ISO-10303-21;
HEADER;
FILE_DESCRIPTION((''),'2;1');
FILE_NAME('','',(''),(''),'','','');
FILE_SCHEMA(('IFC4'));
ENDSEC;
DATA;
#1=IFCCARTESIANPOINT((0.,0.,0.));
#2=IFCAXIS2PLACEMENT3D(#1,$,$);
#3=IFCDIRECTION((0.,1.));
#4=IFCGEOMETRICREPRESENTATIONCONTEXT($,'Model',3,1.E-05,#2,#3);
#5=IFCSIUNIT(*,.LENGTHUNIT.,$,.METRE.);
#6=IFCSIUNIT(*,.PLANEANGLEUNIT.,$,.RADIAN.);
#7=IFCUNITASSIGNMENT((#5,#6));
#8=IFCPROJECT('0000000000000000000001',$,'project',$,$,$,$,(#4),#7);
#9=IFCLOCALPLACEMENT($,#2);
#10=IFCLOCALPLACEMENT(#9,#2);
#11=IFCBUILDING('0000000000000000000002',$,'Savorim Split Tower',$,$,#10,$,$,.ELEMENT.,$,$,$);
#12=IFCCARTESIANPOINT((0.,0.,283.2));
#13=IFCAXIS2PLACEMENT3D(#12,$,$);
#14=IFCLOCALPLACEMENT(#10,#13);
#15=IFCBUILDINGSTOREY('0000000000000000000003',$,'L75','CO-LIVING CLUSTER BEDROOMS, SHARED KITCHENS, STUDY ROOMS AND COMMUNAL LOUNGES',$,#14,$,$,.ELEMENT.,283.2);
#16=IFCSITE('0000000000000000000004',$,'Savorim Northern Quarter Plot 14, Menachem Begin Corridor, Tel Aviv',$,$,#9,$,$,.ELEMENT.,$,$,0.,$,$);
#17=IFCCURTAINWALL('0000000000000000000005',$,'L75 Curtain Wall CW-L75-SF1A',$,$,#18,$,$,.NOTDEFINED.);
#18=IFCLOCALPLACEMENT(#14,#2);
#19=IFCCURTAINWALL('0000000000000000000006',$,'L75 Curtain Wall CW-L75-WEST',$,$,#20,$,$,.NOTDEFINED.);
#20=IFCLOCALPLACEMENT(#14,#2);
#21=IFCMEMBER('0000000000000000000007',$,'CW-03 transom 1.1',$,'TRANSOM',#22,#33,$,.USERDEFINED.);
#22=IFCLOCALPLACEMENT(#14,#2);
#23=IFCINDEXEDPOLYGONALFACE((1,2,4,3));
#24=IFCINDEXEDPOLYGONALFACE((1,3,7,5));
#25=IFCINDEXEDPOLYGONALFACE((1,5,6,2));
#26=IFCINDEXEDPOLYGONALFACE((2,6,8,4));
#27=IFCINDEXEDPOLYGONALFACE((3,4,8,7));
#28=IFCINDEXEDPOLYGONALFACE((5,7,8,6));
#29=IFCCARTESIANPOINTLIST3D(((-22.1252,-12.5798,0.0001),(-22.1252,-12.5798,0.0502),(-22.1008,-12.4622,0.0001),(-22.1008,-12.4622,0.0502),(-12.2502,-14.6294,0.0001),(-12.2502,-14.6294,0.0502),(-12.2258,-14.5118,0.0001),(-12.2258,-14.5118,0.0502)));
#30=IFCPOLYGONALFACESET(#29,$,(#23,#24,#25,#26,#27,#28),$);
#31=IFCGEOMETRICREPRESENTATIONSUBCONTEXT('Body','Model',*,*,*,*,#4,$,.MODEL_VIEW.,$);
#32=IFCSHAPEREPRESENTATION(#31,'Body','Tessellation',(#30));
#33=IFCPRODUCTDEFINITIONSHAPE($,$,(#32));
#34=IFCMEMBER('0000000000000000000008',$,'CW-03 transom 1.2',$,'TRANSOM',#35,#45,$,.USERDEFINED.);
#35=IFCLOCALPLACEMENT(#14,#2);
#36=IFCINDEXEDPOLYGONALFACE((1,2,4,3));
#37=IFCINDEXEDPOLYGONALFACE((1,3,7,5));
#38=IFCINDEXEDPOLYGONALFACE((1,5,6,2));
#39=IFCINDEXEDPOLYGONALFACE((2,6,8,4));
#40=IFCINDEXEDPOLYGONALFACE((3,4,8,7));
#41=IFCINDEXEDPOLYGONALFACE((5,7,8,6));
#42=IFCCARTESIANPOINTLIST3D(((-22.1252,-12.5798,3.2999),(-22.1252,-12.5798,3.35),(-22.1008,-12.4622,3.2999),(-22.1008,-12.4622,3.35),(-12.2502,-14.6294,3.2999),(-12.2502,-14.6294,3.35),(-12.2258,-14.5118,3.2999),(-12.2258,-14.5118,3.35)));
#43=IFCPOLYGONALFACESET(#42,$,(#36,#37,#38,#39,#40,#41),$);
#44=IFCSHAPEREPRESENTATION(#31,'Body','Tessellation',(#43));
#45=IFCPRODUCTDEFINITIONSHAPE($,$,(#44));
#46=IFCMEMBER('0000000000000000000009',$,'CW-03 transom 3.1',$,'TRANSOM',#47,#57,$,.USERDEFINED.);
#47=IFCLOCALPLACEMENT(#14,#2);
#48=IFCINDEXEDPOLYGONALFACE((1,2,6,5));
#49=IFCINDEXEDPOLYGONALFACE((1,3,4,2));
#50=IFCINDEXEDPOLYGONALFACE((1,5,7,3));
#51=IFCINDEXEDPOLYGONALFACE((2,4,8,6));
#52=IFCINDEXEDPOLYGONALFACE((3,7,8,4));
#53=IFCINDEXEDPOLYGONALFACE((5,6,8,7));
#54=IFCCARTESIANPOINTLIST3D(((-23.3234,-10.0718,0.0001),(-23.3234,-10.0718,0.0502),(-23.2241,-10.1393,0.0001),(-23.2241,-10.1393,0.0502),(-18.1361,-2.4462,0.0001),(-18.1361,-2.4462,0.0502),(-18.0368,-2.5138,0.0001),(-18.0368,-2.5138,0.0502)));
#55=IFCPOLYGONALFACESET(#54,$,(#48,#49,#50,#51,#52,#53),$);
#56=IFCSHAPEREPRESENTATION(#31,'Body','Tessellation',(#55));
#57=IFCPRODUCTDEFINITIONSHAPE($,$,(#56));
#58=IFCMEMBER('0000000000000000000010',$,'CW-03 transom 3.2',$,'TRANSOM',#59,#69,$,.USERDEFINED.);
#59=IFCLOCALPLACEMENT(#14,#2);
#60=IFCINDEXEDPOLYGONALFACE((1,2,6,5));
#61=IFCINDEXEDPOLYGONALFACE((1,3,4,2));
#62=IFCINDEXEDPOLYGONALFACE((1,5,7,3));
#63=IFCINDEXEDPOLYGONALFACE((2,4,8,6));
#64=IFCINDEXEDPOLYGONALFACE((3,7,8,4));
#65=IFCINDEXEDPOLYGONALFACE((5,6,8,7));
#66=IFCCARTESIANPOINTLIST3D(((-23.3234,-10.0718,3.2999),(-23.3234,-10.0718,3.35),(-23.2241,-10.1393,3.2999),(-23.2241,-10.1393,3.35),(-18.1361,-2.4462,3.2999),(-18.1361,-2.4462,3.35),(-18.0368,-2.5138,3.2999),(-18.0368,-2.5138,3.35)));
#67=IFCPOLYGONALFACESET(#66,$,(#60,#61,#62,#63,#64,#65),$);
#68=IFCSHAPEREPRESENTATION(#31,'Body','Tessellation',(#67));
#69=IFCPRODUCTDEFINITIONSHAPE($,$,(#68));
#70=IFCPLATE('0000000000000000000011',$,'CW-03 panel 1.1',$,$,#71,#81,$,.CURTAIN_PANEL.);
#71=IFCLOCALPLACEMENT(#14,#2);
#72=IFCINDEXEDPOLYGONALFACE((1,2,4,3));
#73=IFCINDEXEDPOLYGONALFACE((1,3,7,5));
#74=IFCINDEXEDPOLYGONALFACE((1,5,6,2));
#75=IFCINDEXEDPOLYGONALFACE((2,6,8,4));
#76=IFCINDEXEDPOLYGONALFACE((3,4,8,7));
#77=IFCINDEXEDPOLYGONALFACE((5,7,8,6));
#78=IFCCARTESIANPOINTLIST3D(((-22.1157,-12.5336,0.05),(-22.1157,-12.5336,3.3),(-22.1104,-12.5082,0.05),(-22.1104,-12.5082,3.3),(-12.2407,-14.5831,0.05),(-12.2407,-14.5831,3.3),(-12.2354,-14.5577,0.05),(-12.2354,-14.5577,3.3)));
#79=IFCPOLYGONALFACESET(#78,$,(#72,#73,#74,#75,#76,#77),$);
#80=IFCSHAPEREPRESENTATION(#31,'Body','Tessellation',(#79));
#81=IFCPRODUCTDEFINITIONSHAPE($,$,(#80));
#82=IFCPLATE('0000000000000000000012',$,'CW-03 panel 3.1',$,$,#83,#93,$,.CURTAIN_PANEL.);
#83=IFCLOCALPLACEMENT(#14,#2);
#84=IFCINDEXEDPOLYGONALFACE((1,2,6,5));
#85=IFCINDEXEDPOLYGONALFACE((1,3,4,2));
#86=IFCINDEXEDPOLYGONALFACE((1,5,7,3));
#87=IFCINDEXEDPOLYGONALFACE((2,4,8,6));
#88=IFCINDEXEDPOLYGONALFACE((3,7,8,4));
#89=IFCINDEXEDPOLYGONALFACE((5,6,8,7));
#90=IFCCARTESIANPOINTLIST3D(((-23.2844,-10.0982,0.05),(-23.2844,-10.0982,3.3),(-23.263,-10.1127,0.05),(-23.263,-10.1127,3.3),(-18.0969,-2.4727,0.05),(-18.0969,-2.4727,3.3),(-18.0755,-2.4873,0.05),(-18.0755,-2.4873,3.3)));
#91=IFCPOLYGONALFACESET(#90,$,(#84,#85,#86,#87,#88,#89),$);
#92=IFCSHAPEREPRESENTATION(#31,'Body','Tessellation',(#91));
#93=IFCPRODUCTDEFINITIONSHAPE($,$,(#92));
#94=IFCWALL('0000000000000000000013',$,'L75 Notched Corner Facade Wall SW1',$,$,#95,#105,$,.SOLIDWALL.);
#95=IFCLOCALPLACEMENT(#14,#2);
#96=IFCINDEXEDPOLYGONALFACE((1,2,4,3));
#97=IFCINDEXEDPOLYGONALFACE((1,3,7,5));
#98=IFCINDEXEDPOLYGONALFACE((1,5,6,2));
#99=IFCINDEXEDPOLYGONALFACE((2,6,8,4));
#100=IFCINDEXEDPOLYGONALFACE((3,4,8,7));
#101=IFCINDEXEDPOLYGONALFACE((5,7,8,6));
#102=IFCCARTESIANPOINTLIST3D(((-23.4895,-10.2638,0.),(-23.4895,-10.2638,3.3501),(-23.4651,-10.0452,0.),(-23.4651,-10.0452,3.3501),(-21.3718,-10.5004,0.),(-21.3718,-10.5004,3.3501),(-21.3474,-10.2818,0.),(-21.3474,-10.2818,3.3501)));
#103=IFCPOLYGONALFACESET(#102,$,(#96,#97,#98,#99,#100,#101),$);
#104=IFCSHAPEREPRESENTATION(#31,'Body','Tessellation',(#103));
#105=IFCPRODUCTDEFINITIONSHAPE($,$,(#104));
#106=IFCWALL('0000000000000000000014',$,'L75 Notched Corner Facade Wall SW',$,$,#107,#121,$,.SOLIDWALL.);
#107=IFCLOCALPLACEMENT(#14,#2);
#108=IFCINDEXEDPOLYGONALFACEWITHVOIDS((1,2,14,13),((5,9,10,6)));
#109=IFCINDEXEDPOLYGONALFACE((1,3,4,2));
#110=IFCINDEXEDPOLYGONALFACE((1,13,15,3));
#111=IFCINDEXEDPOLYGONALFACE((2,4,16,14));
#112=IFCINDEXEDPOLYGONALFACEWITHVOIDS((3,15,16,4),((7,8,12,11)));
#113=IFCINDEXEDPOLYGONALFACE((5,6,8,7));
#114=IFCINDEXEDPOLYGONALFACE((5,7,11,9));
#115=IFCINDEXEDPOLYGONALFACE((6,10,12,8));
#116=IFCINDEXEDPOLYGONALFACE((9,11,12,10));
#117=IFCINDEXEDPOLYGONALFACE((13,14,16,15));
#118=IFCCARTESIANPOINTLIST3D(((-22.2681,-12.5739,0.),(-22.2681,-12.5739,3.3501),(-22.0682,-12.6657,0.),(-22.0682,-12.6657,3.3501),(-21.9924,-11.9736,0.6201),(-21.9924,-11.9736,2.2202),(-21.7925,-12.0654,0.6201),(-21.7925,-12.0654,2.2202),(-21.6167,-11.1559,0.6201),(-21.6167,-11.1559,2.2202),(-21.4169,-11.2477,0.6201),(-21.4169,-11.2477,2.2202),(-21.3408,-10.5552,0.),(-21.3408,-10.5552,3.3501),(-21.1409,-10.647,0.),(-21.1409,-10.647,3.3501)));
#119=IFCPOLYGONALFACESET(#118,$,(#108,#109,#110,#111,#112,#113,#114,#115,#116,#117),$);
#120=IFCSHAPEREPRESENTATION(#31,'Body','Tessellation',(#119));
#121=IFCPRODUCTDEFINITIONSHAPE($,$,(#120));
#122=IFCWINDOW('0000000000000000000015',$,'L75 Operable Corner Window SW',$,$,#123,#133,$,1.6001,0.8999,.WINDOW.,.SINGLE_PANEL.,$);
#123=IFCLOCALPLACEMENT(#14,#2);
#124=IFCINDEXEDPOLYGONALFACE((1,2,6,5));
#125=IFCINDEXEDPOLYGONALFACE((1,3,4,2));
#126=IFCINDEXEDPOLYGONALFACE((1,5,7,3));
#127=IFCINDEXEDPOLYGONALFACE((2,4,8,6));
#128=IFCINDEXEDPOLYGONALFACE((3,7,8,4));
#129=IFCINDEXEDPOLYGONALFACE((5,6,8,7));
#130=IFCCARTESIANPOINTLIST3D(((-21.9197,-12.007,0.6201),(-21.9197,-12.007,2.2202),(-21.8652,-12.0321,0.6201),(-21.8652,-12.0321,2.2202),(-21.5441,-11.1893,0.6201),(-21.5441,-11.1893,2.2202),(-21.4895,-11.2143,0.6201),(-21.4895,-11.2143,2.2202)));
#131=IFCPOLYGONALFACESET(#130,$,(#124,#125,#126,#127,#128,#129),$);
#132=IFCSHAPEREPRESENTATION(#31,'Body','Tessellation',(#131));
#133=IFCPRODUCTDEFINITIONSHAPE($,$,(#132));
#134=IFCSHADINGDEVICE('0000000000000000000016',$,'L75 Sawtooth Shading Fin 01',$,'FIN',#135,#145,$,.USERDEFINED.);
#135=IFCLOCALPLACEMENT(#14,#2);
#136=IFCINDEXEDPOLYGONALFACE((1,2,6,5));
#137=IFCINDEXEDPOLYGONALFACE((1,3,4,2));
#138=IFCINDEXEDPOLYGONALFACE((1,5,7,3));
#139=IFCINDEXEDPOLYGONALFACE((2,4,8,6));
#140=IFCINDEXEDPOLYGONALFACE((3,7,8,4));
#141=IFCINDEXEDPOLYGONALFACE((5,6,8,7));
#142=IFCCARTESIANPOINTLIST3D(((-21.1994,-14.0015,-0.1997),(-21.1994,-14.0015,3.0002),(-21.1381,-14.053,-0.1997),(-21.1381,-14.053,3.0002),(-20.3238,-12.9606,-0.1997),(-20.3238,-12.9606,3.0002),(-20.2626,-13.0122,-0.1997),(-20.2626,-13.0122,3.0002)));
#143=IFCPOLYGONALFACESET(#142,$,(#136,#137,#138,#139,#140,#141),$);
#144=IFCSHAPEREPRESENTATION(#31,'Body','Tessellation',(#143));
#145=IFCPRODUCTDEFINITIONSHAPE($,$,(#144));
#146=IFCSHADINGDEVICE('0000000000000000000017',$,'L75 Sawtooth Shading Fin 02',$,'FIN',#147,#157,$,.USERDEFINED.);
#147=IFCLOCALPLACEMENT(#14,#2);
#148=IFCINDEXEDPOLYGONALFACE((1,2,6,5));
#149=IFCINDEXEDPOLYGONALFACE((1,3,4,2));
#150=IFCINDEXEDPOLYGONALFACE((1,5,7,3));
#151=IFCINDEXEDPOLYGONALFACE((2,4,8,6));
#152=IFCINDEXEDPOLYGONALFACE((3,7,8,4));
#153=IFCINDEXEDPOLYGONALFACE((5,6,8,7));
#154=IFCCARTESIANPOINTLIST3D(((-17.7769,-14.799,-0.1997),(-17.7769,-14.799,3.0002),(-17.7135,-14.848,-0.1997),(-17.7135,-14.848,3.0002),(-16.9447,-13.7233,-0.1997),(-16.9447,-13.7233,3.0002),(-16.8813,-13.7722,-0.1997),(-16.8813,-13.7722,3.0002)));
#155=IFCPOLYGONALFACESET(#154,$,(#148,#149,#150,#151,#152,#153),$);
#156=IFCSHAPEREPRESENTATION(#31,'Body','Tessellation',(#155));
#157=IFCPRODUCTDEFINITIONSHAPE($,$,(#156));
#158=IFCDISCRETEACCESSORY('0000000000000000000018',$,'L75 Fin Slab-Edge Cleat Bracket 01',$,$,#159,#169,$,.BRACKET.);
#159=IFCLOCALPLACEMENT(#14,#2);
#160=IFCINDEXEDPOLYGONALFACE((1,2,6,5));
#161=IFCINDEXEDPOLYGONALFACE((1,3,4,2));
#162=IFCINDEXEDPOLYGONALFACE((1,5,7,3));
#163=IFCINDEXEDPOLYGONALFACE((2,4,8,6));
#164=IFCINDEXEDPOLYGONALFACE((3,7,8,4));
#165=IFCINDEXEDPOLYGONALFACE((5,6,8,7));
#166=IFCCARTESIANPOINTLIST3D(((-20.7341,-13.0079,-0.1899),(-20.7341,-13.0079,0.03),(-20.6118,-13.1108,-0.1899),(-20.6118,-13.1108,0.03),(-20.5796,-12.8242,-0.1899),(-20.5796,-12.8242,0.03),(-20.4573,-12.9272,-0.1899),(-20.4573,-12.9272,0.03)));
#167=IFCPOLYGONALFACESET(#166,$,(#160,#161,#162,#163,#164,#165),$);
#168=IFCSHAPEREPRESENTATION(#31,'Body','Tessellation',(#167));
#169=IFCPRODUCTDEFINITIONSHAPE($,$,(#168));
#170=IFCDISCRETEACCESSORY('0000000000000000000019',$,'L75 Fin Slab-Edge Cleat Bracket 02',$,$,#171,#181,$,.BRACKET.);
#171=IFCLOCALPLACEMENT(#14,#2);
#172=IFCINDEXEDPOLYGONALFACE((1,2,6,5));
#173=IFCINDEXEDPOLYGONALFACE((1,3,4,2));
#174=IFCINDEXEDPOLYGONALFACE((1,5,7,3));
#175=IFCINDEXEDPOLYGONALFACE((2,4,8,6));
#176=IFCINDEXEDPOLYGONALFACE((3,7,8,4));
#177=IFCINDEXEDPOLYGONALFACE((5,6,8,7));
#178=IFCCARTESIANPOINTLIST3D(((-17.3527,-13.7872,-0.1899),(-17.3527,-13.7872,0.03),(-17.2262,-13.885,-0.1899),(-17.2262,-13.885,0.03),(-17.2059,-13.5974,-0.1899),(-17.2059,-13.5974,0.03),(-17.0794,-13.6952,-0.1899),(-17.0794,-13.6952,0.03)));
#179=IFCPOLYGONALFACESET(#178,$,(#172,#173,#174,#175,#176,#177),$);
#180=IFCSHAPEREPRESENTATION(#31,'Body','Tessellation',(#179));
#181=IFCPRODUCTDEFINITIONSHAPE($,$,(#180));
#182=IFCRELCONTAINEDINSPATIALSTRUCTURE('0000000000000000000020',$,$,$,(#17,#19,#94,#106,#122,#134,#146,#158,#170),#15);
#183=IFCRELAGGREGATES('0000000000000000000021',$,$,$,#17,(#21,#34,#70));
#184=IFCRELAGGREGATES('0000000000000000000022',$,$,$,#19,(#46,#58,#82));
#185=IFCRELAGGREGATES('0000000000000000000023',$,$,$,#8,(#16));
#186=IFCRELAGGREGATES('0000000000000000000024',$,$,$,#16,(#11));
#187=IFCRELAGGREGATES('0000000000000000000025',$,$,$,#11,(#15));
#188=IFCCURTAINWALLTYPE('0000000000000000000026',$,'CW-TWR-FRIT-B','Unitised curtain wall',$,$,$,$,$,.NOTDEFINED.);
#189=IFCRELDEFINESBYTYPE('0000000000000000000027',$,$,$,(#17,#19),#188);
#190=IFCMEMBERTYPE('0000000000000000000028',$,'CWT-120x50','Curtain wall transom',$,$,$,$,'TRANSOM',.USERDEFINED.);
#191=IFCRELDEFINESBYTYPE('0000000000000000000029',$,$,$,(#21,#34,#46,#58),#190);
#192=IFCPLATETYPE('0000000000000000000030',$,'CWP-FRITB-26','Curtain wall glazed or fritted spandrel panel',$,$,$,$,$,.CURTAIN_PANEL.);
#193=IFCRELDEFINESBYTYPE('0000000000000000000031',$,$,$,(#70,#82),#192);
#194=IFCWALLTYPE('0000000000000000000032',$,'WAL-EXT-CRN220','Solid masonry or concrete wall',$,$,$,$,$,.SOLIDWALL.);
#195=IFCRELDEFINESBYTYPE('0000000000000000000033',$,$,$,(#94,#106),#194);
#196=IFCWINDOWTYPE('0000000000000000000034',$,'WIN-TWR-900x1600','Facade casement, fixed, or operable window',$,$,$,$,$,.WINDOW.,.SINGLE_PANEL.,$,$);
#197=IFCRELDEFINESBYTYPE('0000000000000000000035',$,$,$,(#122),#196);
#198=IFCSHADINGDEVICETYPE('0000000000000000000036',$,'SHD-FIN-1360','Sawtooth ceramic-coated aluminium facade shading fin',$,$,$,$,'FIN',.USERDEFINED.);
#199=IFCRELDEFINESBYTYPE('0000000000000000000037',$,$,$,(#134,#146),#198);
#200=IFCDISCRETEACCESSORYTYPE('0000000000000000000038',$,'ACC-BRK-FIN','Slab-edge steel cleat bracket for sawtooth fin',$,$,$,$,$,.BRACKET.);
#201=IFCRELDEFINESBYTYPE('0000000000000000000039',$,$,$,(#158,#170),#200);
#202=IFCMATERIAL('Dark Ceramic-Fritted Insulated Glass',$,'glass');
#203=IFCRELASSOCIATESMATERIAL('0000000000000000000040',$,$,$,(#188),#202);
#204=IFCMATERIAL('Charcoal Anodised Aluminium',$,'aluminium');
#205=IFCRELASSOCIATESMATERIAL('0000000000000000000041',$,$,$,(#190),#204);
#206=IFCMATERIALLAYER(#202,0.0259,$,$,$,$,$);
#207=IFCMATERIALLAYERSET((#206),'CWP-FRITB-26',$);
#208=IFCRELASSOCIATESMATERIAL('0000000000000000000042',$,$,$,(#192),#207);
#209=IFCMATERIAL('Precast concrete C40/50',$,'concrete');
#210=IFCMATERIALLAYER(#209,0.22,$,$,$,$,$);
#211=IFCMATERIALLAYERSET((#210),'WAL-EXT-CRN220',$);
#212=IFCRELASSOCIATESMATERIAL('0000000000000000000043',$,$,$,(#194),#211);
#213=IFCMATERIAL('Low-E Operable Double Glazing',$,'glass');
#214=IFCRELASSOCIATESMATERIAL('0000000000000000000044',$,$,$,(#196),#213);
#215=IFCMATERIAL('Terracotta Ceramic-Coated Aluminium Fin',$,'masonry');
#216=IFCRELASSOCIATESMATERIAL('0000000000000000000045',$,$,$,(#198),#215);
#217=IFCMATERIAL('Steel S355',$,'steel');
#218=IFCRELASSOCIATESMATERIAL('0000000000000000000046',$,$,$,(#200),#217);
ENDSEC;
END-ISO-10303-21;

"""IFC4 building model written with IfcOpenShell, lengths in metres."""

from ifc_helpers import new_model, si_unit, direction, frame, frame_2d, origin, origin_2d, place, context, subcontext, project, spatial, rectangle, extrude, material, layer, layer_set, material_profile, profile_set, type_object, element, fill, aggregate, save


model = new_model("IFC4")

# Units and contexts
model_context = context("Model", 3, precision=1e-05, world=origin(), true_north=direction((0.0, 1.0)))
body_context = subcontext(model_context, "Body", "Model", "MODEL_VIEW")
ifc_project = project(units=[si_unit("LENGTHUNIT", "METRE"), si_unit("PLANEANGLEUNIT", "RADIAN")], contexts=[model_context])

# Site, building, storey
site_placement = place(None, origin())
site = spatial("IfcSite", under=ifc_project, at=site_placement, Name="Savorim Northern Quarter Plot 14, Menachem Begin Corridor, Tel Aviv", CompositionType="ELEMENT", RefElevation=0.0)
building_placement = place(site_placement, origin())
building = spatial("IfcBuilding", under=site, at=building_placement, Name="Savorim Split Tower", CompositionType="ELEMENT")
storey_placement = place(building_placement, frame((0.0, 0.0, 283.2)))
storey = spatial("IfcBuildingStorey", under=building, at=storey_placement, Name="L75", Description="CO-LIVING CLUSTER BEDROOMS, SHARED KITCHENS, STUDY ROOMS AND COMMUNAL LOUNGES", CompositionType="ELEMENT", Elevation=283.2)

# Shared definitions
ifc_material_1 = material(Name="Steel S355", Category="steel")

# Curtain wall
ifc_material_2 = material(Name="Dark Ceramic-Fritted Insulated Glass", Category="glass")
curtain_wall_type = type_object("IfcCurtainWallType", Name="CW-TWR-FRIT-B", Description="Unitised curtain wall", PredefinedType="NOTDEFINED", material=ifc_material_2)
curtain_wall_1_placement = place(storey_placement, origin())
curtain_wall_1 = element("IfcCurtainWall", 1, at=curtain_wall_1_placement, inside=storey, type_object=curtain_wall_type, Name="L75 Curtain Wall CW-L75-SF1A", PredefinedType="NOTDEFINED")
ifc_material_3 = material(Name="Charcoal Anodised Aluminium", Category="aluminium")

# Curtain wall
curtain_wall_2_placement = place(storey_placement, origin())
curtain_wall_2 = element("IfcCurtainWall", 2, at=curtain_wall_2_placement, inside=storey, type_object=curtain_wall_type, Name="L75 Curtain Wall CW-L75-WEST", PredefinedType="NOTDEFINED")

# Members
ifc_material_profile_1 = material_profile(ifc_material_3, rectangle(XDim=0.1201, YDim=0.05, at=origin_2d()), Name="ALU-T 120x50")
ifc_profile_set_1 = profile_set([ifc_material_profile_1], Name="Charcoal Anodised Aluminium")
member_type_1 = type_object("IfcMemberType", Name="CWT-120x50", Description="Curtain wall transom", ElementType="TRANSOM", PredefinedType="USERDEFINED", material=ifc_profile_set_1)
member_1_placement = place(storey_placement, frame((-22.113, -12.521, 0.0251), z_axis=(0.979133, -0.20322, 0.0), x_axis=(0.20322, 0.979133, 0.0)))
member_1 = element("IfcMember", 3, at=member_1_placement, type_object=member_type_1, Name="CW-03 transom 1.1", ObjectType="TRANSOM", PredefinedType="USERDEFINED", context=body_context, shape_type="SweptSolid", body=[
    extrude(rectangle(XDim=0.1201, YDim=0.05, at=origin_2d()), origin(), (0.0, 0.0, 1.0), 10.0854),
])
member_2_placement = place(storey_placement, frame((-22.113, -12.521, 3.325), z_axis=(0.979133, -0.20322, 0.0), x_axis=(0.20322, 0.979133, 0.0)))
member_2 = element("IfcMember", 4, at=member_2_placement, type_object=member_type_1, Name="CW-03 transom 1.2", ObjectType="TRANSOM", PredefinedType="USERDEFINED", context=body_context, shape_type="SweptSolid", body=[
    extrude(rectangle(XDim=0.1201, YDim=0.05, at=origin_2d()), origin(), (0.0, 0.0, 1.0), 10.0854),
])
member_3_placement = place(storey_placement, frame((-18.0864, -2.48, 0.0251), z_axis=(-0.562453, -0.826829, 0.0), x_axis=(0.826829, -0.562453, 0.0)))
member_3 = element("IfcMember", 5, at=member_3_placement, type_object=member_type_1, Name="CW-03 transom 3.1", ObjectType="TRANSOM", PredefinedType="USERDEFINED", context=body_context, shape_type="SweptSolid", body=[
    extrude(rectangle(XDim=0.1201, YDim=0.05, at=origin_2d()), origin(), (0.0, 0.0, 1.0), 9.2227),
])
member_4_placement = place(storey_placement, frame((-18.0864, -2.48, 3.325), z_axis=(-0.562453, -0.826829, 0.0), x_axis=(0.826829, -0.562453, 0.0)))
member_4 = element("IfcMember", 6, at=member_4_placement, type_object=member_type_1, Name="CW-03 transom 3.2", ObjectType="TRANSOM", PredefinedType="USERDEFINED", context=body_context, shape_type="SweptSolid", body=[
    extrude(rectangle(XDim=0.1201, YDim=0.05, at=origin_2d()), origin(), (0.0, 0.0, 1.0), 9.2227),
])

# Plates
ifc_layer_1 = layer(ifc_material_2, 0.0259)
ifc_layer_set_1 = layer_set([ifc_layer_1], Name="CWP-FRITB-26")
plate_type = type_object("IfcPlateType", Name="CWP-FRITB-26", Description="Curtain wall glazed or fritted spandrel panel", PredefinedType="CURTAIN_PANEL", material=ifc_layer_set_1)
plate_1_placement = place(storey_placement, frame((-17.1755, -13.5457, 0.05), z_axis=(0.0, 0.0, 1.0), x_axis=(0.979134, -0.203215, 0.0)))
plate_1 = element("IfcPlate", 7, at=plate_1_placement, type_object=plate_type, Name="CW-03 panel 1.1", PredefinedType="CURTAIN_PANEL", context=body_context, shape_type="SweptSolid", body=[
    extrude(rectangle(XDim=10.0854, YDim=0.0259, at=origin_2d()), origin(), (0.0, 0.0, 1.0), 3.25),
])
aggregate(curtain_wall_1, [member_1, member_2, plate_1])
plate_2_placement = place(storey_placement, frame((-20.6799, -6.2927, 0.05), z_axis=(0.0, 0.0, 1.0), x_axis=(-0.56247, -0.826818, 0.0)))
plate_2 = element("IfcPlate", 8, at=plate_2_placement, type_object=plate_type, Name="CW-03 panel 3.1", PredefinedType="CURTAIN_PANEL", context=body_context, shape_type="SweptSolid", body=[
    extrude(rectangle(XDim=9.2227, YDim=0.0259, at=origin_2d()), origin(), (0.0, 0.0, 1.0), 3.25),
])
aggregate(curtain_wall_2, [member_3, member_4, plate_2])

# Wall
ifc_material_4 = material(Name="Precast concrete C40/50", Category="concrete")
ifc_layer_2 = layer(ifc_material_4, 0.22)
ifc_layer_set_2 = layer_set([ifc_layer_2], Name="WAL-EXT-CRN220")
wall_type = type_object("IfcWallType", Name="WAL-EXT-CRN220", Description="Solid masonry or concrete wall", PredefinedType="SOLIDWALL", material=ifc_layer_set_2)
wall_1_placement = place(storey_placement, frame((-21.3596, -10.3911, 0.0), z_axis=(0.0, 0.0, 1.0), x_axis=(-0.993818, 0.111023, 0.0)))
element("IfcWall", 9, at=wall_1_placement, inside=storey, type_object=wall_type, Name="L75 Notched Corner Facade Wall SW1", PredefinedType="SOLIDWALL", context=body_context, shape_type="SweptSolid", body=[
    extrude(rectangle(XDim=2.1309, YDim=0.22, at=frame_2d((1.0654, 0.0))), origin(), (0.0, 0.0, 1.0), 3.3501),
])

# Wall, opening, window
wall_2_placement = place(storey_placement, frame((-22.1682, -12.6199, 0.0), z_axis=(0.0, 0.0, 1.0), x_axis=(0.417427, 0.908711, 0.0)))
wall_2 = element("IfcWall", 10, at=wall_2_placement, inside=storey, type_object=wall_type, Name="L75 Notched Corner Facade Wall SW", PredefinedType="SOLIDWALL", context=body_context, shape_type="SweptSolid", body=[
    extrude(rectangle(XDim=2.2214, YDim=0.22, at=frame_2d((1.1108, 0.0))), origin(), (0.0, 0.0, 1.0), 3.3501),
])
opening_placement = place(wall_2_placement, frame((0.6606, 0.0, 0.6201)))
opening = element("IfcOpeningElement", 11, at=opening_placement, cuts=wall_2, PredefinedType="OPENING", context=body_context, shape_type="SweptSolid", body=[
    extrude(rectangle(XDim=0.8999, YDim=1.6001, at=frame_2d((0.45, 0.8))), frame((0.0, 0.1199, 0.0), z_axis=(0.0, -1.0, 0.0), x_axis=(1.0, 0.0, 0.0)), (0.0, 0.0, 1.0), 0.24),
])
ifc_material_5 = material(Name="Low-E Operable Double Glazing", Category="glass")
window_type = type_object("IfcWindowType", Name="WIN-TWR-900x1600", Description="Facade casement, fixed, or operable window", PartitioningType="SINGLE_PANEL", PredefinedType="WINDOW", material=ifc_material_5)
window_placement = place(opening_placement, origin())
window = element("IfcWindow", 12, at=window_placement, inside=storey, type_object=window_type, Name="L75 Operable Corner Window SW", OverallHeight=1.6001, OverallWidth=0.8999, PartitioningType="SINGLE_PANEL", PredefinedType="WINDOW", context=body_context, shape_type="SweptSolid", body=[
    extrude(rectangle(XDim=0.8999, YDim=1.6001, at=frame_2d((0.45, 0.8))), frame((0.0, 0.03, 0.0), z_axis=(0.0, -1.0, 0.0), x_axis=(1.0, 0.0, 0.0)), (0.0, 0.0, 1.0), 0.0601),
])
fill(opening, window)

# Shading devices
ifc_material_6 = material(Name="Terracotta Ceramic-Coated Aluminium Fin", Category="masonry")
shading_device_type = type_object("IfcShadingDeviceType", Name="SHD-FIN-1360", Description="Sawtooth ceramic-coated aluminium facade shading fin", ElementType="FIN", PredefinedType="USERDEFINED", material=ifc_material_6)
for number, where, z_axis, x_axis, name in (
    (13, (-20.731, -13.5068, -0.1997), (0.0, 0.0, 1.0), (-0.643719, -0.765262, 0.0), "L75 Sawtooth Shading Fin 01"),
    (14, (-17.3291, -14.2856, -0.1997), (0.0, 0.0, 1.0), (-0.611868, -0.79096, 0.0), "L75 Sawtooth Shading Fin 02"),
):
    element("IfcShadingDevice", number, at=place(storey_placement, frame(where, z_axis=z_axis, x_axis=x_axis)), inside=storey, type_object=shading_device_type, Name=name, ObjectType="FIN", PredefinedType="USERDEFINED", context=body_context, shape_type="SweptSolid", body=[
        extrude(rectangle(XDim=1.3601, YDim=0.0801, at=origin_2d()), origin(), (0.0, 0.0, 1.0), 3.2),
    ])

# Discrete accessories
discrete_accessory_type = type_object("IfcDiscreteAccessoryType", Name="ACC-BRK-FIN", Description="Slab-edge steel cleat bracket for sawtooth fin", PredefinedType="BRACKET", material=ifc_material_1)
for number, where, z_axis, x_axis, name in (
    (15, (-20.5957, -12.9675, -0.1899), (0.0, 0.0, 1.0), (-0.643719, -0.765262, 0.0), "L75 Fin Slab-Edge Cleat Bracket 01"),
    (16, (-17.2161, -13.7412, -0.1899), (0.0, 0.0, 1.0), (-0.611868, -0.79096, 0.0), "L75 Fin Slab-Edge Cleat Bracket 02"),
):
    element("IfcDiscreteAccessory", number, at=place(storey_placement, frame(where, z_axis=z_axis, x_axis=x_axis)), inside=storey, type_object=discrete_accessory_type, Name=name, PredefinedType="BRACKET", context=body_context, shape_type="SweptSolid", body=[
        extrude(rectangle(XDim=0.24, YDim=0.1599, at=origin_2d()), origin(), (0.0, 0.0, 1.0), 0.22),
    ])

save(model, "model.ifc")
